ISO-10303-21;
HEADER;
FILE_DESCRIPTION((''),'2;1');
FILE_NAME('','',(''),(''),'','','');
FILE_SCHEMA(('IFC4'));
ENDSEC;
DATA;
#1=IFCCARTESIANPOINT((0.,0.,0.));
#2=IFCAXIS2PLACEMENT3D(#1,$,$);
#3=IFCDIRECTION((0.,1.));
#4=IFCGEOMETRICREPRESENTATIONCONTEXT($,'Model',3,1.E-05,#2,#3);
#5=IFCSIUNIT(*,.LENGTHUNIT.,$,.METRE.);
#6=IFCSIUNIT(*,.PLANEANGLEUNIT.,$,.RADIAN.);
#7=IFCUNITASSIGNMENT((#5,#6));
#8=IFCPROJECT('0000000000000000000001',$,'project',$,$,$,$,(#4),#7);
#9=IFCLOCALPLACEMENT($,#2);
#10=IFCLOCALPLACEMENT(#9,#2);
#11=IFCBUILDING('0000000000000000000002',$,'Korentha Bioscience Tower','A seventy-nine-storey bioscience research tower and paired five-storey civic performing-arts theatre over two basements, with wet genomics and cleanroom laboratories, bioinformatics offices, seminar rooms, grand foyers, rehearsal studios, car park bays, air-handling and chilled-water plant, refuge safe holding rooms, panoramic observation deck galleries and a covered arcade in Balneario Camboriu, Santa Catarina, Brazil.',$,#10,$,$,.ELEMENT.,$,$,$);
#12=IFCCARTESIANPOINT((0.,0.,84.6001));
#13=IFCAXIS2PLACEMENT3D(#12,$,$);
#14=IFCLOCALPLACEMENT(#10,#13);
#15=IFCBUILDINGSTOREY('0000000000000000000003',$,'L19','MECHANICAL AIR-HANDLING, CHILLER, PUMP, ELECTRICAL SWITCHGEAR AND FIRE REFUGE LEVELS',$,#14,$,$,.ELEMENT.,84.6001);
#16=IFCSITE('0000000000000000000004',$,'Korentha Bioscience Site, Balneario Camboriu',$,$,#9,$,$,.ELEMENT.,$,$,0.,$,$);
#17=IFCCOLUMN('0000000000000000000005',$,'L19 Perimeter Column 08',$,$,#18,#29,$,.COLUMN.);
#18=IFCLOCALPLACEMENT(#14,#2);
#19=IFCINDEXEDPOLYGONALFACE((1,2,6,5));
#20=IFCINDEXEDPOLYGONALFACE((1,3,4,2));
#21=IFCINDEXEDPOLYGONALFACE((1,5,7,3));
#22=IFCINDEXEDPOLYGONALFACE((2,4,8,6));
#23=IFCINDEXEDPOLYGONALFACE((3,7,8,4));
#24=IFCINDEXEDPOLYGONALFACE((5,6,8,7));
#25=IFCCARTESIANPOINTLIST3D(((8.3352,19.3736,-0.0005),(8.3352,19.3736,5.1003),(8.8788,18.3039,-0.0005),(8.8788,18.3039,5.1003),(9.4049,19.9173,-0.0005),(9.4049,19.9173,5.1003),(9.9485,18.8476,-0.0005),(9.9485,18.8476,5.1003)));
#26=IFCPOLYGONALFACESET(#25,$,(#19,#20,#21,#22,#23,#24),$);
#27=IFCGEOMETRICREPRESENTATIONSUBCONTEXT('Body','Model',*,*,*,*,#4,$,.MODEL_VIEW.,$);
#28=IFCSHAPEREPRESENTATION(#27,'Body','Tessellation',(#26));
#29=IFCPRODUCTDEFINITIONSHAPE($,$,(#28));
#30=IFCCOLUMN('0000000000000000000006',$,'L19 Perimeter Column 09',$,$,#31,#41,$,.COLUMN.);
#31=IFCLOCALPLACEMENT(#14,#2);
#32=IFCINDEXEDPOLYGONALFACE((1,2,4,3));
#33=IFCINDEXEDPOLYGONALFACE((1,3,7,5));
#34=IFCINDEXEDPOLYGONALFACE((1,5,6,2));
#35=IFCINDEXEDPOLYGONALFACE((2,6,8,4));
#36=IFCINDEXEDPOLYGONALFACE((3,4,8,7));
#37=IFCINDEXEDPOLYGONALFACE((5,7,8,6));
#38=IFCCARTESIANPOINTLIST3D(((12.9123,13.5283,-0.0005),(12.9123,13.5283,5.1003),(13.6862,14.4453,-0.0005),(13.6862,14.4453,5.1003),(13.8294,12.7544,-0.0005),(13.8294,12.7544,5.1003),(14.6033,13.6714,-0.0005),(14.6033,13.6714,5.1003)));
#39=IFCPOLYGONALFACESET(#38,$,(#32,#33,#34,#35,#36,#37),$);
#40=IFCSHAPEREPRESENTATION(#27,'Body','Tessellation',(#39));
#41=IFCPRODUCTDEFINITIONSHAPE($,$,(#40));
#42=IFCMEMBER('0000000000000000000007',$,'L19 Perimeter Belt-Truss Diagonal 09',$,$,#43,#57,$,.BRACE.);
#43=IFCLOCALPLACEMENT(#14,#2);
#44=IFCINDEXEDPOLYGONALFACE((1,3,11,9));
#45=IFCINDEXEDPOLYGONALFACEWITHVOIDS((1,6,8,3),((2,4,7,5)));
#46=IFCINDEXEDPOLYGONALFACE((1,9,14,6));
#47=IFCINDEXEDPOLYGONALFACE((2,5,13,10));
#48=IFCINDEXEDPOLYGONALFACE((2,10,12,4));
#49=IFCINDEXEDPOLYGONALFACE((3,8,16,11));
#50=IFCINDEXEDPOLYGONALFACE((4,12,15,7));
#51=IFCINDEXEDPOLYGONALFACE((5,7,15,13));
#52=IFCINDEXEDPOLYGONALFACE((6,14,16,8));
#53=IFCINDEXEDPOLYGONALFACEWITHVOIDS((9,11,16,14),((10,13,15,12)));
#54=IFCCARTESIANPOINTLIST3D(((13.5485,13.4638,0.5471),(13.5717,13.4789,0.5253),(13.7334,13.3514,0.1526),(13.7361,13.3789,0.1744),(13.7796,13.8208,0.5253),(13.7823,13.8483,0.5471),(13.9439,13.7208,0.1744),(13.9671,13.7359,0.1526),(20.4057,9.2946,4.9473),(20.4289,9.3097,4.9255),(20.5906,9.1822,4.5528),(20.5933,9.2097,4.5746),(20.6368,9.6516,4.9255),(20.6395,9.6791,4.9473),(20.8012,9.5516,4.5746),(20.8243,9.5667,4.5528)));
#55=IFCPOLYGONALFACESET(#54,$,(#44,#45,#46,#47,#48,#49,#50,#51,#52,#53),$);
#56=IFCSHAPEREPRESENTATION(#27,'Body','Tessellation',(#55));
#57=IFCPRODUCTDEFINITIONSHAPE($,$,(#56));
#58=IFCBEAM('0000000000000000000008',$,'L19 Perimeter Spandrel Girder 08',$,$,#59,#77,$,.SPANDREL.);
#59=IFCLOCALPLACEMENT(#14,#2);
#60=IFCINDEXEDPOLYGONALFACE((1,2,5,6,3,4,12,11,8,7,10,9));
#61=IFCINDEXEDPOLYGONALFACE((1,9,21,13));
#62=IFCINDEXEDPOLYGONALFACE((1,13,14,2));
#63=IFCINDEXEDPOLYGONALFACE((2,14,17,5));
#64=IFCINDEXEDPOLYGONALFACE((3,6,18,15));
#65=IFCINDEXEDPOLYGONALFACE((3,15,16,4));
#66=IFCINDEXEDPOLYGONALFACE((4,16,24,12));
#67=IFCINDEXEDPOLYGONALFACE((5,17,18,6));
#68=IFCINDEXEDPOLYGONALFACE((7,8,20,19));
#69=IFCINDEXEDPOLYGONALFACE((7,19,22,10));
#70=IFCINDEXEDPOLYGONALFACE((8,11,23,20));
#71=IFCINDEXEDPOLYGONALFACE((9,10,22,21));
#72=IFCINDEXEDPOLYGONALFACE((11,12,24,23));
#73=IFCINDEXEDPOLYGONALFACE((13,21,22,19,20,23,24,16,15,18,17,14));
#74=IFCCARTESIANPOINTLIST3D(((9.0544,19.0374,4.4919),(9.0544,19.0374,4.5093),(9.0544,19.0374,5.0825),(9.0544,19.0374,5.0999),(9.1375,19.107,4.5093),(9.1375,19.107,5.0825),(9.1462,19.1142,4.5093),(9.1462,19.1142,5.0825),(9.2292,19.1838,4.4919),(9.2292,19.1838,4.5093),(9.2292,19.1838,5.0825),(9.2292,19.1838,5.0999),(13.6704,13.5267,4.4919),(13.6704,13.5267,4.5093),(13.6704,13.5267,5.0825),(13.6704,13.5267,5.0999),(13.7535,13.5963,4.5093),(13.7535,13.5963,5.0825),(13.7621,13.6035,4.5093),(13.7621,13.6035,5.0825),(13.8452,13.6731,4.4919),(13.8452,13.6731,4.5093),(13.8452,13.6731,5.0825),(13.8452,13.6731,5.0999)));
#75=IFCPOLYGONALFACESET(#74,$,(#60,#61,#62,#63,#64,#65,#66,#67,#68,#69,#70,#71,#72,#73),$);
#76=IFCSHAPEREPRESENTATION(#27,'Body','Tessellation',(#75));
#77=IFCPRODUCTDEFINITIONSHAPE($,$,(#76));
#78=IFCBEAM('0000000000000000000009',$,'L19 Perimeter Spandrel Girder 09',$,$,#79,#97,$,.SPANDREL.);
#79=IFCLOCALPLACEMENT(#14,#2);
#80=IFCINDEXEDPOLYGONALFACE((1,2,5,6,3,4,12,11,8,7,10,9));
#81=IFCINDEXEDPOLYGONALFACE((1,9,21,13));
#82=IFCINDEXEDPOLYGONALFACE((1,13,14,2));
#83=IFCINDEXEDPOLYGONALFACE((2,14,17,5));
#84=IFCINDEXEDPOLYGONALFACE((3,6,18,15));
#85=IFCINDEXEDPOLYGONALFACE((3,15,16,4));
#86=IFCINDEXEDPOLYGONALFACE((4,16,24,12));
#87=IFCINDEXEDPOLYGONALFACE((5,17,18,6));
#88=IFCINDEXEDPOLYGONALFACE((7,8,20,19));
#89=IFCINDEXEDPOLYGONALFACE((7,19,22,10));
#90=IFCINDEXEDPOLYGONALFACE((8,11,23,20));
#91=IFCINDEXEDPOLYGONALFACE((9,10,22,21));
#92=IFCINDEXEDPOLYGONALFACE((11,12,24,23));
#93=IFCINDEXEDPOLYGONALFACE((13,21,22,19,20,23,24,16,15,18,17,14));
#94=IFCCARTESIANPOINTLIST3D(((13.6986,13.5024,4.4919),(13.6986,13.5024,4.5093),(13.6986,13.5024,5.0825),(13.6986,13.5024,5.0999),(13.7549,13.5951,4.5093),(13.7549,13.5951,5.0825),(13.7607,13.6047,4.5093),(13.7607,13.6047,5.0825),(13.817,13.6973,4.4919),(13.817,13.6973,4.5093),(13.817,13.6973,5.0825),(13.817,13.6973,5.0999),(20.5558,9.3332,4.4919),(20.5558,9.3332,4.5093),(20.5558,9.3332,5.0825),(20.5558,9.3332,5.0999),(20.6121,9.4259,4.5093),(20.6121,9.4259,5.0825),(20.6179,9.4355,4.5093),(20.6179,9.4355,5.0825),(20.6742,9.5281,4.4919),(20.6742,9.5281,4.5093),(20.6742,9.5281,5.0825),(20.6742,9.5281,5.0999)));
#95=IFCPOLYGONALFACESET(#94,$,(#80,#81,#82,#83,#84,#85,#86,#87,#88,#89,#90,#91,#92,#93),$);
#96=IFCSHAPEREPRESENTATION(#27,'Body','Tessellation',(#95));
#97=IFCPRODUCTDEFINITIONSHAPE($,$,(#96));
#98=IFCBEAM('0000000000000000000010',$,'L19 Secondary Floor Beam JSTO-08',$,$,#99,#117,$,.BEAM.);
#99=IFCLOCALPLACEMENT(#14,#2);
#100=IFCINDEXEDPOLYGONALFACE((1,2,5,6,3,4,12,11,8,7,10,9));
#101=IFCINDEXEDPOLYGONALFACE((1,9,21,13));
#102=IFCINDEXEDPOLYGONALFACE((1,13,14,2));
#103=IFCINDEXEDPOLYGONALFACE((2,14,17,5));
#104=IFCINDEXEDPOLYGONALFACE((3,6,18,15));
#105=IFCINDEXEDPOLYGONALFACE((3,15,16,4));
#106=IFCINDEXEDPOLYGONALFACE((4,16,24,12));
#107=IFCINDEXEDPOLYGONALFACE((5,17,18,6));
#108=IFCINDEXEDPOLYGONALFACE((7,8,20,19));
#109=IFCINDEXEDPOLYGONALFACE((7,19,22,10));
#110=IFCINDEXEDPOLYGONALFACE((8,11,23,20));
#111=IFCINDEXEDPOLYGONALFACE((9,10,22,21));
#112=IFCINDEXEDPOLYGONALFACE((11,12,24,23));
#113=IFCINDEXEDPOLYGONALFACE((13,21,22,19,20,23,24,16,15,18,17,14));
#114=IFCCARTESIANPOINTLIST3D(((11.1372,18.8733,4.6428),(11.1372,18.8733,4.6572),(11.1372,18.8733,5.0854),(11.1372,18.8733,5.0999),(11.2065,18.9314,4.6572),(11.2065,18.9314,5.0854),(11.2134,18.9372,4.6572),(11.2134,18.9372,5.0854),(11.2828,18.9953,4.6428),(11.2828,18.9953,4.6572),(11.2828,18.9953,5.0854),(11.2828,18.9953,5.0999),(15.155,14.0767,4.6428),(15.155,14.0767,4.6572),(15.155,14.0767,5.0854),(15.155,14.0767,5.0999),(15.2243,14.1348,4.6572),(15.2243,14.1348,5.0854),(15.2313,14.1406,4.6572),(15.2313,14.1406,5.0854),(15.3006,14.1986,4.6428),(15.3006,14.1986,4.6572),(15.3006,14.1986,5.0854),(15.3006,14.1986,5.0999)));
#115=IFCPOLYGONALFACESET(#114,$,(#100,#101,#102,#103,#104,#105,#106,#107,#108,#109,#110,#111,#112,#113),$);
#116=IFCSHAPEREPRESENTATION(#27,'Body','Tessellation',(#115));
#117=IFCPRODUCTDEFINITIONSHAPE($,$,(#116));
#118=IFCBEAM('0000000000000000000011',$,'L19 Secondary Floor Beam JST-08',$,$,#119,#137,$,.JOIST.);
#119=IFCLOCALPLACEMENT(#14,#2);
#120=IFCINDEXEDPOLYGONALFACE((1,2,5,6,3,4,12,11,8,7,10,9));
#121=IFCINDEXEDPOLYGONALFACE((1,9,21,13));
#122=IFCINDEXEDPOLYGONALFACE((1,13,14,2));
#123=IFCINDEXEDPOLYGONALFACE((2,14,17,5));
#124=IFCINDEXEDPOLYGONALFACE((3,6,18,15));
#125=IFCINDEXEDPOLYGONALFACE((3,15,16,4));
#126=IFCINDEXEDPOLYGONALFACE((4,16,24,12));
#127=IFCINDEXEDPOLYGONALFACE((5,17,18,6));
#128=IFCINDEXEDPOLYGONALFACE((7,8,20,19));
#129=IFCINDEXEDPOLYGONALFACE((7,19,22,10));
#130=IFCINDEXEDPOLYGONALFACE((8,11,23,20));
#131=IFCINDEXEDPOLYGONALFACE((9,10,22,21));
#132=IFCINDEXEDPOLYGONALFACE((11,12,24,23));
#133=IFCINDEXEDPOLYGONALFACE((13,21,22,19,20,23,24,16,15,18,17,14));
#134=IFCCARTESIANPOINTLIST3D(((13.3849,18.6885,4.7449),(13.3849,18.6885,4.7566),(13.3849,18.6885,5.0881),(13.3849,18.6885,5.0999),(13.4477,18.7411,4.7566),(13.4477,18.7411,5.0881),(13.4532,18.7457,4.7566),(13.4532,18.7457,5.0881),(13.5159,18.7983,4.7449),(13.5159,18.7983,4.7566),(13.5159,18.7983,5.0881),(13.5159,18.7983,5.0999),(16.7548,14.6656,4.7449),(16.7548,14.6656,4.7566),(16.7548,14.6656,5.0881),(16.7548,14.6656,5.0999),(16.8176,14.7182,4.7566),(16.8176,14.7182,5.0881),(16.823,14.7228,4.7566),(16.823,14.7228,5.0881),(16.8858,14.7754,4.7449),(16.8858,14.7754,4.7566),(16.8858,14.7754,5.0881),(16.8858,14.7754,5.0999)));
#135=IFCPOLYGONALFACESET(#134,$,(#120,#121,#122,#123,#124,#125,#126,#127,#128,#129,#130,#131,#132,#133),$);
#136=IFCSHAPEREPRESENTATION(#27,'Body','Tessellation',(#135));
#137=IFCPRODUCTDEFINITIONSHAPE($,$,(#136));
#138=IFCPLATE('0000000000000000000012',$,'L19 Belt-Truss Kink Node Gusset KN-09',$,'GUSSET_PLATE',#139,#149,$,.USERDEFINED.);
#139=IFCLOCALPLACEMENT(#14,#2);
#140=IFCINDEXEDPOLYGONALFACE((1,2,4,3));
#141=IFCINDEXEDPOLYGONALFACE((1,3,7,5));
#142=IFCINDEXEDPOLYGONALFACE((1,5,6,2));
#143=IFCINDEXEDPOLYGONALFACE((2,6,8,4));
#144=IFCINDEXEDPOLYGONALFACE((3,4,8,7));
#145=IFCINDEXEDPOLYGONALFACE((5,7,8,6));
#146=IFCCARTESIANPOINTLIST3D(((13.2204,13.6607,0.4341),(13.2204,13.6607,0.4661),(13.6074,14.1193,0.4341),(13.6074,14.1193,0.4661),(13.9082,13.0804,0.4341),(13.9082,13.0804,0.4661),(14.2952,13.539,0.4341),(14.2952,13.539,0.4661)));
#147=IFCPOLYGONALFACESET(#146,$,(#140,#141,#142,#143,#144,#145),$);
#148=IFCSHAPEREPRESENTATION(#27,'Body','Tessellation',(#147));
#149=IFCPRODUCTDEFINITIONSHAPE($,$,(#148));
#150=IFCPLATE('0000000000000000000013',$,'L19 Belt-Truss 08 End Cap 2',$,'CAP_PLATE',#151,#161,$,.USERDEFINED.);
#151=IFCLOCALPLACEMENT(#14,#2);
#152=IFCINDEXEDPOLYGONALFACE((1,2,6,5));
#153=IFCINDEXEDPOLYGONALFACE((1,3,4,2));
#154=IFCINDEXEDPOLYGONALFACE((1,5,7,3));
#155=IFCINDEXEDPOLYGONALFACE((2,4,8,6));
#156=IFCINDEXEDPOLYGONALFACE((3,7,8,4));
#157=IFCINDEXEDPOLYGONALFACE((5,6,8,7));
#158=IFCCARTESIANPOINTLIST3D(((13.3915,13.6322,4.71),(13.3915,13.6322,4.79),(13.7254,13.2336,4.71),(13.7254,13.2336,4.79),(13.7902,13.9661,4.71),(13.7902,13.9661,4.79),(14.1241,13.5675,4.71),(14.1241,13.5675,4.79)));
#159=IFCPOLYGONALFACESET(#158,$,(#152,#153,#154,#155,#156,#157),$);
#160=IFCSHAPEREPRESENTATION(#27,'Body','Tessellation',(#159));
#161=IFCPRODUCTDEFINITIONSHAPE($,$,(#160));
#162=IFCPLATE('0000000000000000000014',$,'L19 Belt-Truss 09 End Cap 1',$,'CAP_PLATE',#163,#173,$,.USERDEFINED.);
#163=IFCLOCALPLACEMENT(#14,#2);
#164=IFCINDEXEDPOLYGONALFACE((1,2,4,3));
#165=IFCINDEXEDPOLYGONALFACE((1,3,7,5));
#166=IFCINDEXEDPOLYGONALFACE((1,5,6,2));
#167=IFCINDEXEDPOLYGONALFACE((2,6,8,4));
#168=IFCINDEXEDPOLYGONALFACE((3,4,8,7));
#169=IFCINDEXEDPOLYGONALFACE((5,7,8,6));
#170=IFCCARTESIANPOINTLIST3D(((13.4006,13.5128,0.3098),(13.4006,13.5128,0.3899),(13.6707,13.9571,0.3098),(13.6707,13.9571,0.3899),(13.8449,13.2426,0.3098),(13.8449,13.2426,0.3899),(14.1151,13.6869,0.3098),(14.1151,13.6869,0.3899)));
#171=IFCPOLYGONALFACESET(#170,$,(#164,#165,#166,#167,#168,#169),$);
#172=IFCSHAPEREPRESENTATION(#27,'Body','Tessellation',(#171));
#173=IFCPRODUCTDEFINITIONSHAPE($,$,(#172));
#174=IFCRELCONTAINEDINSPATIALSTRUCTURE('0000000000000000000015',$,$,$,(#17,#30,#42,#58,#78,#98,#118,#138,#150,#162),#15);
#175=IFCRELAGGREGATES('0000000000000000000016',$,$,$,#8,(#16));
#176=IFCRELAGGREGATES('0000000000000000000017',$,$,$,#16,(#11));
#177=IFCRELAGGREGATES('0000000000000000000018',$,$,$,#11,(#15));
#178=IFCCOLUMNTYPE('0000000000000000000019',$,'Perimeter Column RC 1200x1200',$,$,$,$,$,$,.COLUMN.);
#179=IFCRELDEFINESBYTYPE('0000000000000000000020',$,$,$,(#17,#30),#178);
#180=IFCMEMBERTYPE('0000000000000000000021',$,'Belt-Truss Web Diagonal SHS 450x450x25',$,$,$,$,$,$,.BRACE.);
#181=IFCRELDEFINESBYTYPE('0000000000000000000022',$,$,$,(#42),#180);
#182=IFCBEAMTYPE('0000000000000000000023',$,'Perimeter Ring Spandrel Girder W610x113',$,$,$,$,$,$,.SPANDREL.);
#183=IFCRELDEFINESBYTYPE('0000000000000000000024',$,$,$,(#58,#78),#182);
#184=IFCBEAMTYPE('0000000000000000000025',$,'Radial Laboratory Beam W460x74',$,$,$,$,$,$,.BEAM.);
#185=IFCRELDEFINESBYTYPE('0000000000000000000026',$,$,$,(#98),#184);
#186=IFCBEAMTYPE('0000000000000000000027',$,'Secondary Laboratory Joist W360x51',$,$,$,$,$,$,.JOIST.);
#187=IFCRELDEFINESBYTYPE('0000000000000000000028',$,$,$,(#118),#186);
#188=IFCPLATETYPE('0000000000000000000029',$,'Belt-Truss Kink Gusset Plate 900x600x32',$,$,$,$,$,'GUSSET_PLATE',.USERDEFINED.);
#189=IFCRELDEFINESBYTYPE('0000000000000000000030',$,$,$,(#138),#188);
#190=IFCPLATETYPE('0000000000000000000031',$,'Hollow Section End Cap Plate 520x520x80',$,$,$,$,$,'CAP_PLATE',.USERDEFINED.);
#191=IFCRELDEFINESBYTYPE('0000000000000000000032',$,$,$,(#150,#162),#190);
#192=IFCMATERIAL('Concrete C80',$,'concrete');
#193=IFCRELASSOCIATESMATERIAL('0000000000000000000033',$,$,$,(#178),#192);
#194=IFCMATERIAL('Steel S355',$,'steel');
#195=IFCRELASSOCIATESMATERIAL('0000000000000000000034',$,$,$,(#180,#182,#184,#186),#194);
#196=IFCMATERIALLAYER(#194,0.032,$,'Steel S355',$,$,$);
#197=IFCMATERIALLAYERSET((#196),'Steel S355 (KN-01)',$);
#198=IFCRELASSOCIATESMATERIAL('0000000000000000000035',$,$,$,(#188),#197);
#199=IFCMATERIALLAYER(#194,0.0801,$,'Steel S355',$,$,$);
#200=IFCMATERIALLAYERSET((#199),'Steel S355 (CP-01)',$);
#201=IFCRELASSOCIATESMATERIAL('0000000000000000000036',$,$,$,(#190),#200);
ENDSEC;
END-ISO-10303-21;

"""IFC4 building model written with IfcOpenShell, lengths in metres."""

from ifc_helpers import new_model, si_unit, direction, frame, origin, origin_2d, place, context, subcontext, project, spatial, rectangle, hollow_rectangle, i_section, extrude, material, layer, layer_set, material_profile, profile_set, type_object, element, save


model = new_model("IFC4")

# Units and contexts
model_context = context("Model", 3, precision=1e-05, world=origin(), true_north=direction((0.0, 1.0)))
body_context = subcontext(model_context, "Body", "Model", "MODEL_VIEW")
ifc_project = project(units=[si_unit("LENGTHUNIT", "METRE"), si_unit("PLANEANGLEUNIT", "RADIAN")], contexts=[model_context])

# Site, building, storey
site_placement = place(None, origin())
site = spatial("IfcSite", under=ifc_project, at=site_placement, Name="Korentha Bioscience Site, Balneario Camboriu", CompositionType="ELEMENT", RefElevation=0.0)
building_placement = place(site_placement, origin())
building = spatial("IfcBuilding", under=site, at=building_placement, Name="Korentha Bioscience Tower", Description="A seventy-nine-storey bioscience research tower and paired five-storey civic performing-arts theatre over two basements, with wet genomics and cleanroom laboratories, bioinformatics offices, seminar rooms, grand foyers, rehearsal studios, car park bays, air-handling and chilled-water plant, refuge safe holding rooms, panoramic observation deck galleries and a covered arcade in Balneario Camboriu, Santa Catarina, Brazil.", CompositionType="ELEMENT")
storey_placement = place(building_placement, frame((0.0, 0.0, 84.6001)))
storey = spatial("IfcBuildingStorey", under=building, at=storey_placement, Name="L19", Description="MECHANICAL AIR-HANDLING, CHILLER, PUMP, ELECTRICAL SWITCHGEAR AND FIRE REFUGE LEVELS", CompositionType="ELEMENT", Elevation=84.6001)

# Columns
ifc_material_1 = material(Name="Concrete C80", Category="concrete")
ifc_material_profile_1 = material_profile(ifc_material_1, rectangle(XDim=1.2, YDim=1.2, at=origin_2d()), Name="Concrete C80")
ifc_profile_set_1 = profile_set([ifc_material_profile_1], Name="Concrete C80 (COL-P12)")
column_type = type_object("IfcColumnType", Name="Perimeter Column RC 1200x1200", PredefinedType="COLUMN", material=ifc_profile_set_1)
for number, where, z_axis, x_axis, name in (
    (1, (9.1418, 19.1106, -0.0005), (0.0, 0.0, 1.0), (-0.453057, 0.891481, 0.0), "L19 Perimeter Column 08"),
    (2, (13.7578, 13.5999, -0.0005), (0.0, 0.0, 1.0), (-0.764246, 0.644924, 0.0), "L19 Perimeter Column 09"),
):
    element("IfcColumn", number, at=place(storey_placement, frame(where, z_axis=z_axis, x_axis=x_axis)), inside=storey, type_object=column_type, Name=name, PredefinedType="COLUMN", context=body_context, shape_type="SweptSolid", body=[
        extrude(rectangle(XDim=1.2, YDim=1.2, at=origin_2d()), origin(), (0.0, 0.0, 1.0), 5.1008),
    ])

# Member
ifc_material_2 = material(Name="Steel S355", Category="steel")
ifc_material_profile_2 = material_profile(ifc_material_2, hollow_rectangle(XDim=0.45, YDim=0.45, WallThickness=0.0249, at=origin_2d()), Name="Steel S355")
ifc_profile_set_2 = profile_set([ifc_material_profile_2], Name="Steel S355 (BT-D450)")
member_type = type_object("IfcMemberType", Name="Belt-Truss Web Diagonal SHS 450x450x25", PredefinedType="BRACE", material=ifc_profile_set_2)
member_placement = place(storey_placement, frame((13.7578, 13.5999, 0.3499), z_axis=(0.749231, -0.455535, 0.48077), x_axis=(0.519515, 0.854461, 0.0)))
element("IfcMember", 3, at=member_placement, inside=storey, type_object=member_type, Name="L19 Perimeter Belt-Truss Diagonal 09", PredefinedType="BRACE", context=body_context, shape_type="SweptSolid", body=[
    extrude(hollow_rectangle(XDim=0.45, YDim=0.45, WallThickness=0.0249, at=origin_2d()), origin(), (0.0, 0.0, 1.0), 9.1523),
])

# Beams
ifc_material_profile_3 = material_profile(ifc_material_2, i_section(OverallWidth=0.228, OverallDepth=0.6079, WebThickness=0.0112, FlangeThickness=0.0173, at=origin_2d()), Name="Steel S355")
ifc_profile_set_3 = profile_set([ifc_material_profile_3], Name="Steel S355 (SB-610)")
beam_type_1 = type_object("IfcBeamType", Name="Perimeter Ring Spandrel Girder W610x113", PredefinedType="SPANDREL", material=ifc_profile_set_3)
beam_1_placement = place(storey_placement, frame((9.1418, 19.1106, 4.7959), z_axis=(0.642127, -0.766599, 0.0), x_axis=(0.766599, 0.642127, 0.0)))
element("IfcBeam", 4, at=beam_1_placement, inside=storey, type_object=beam_type_1, Name="L19 Perimeter Spandrel Girder 08", PredefinedType="SPANDREL", context=body_context, shape_type="SweptSolid", body=[
    extrude(i_section(OverallWidth=0.228, OverallDepth=0.6079, WebThickness=0.0112, FlangeThickness=0.0173, at=origin_2d()), origin(), (0.0, 0.0, 1.0), 7.1885),
])
beam_2_placement = place(storey_placement, frame((13.7578, 13.5999, 4.7959), z_axis=(0.854461, -0.519515, 0.0), x_axis=(0.519515, 0.854461, 0.0)))
element("IfcBeam", 5, at=beam_2_placement, inside=storey, type_object=beam_type_1, Name="L19 Perimeter Spandrel Girder 09", PredefinedType="SPANDREL", context=body_context, shape_type="SweptSolid", body=[
    extrude(i_section(OverallWidth=0.228, OverallDepth=0.6079, WebThickness=0.0112, FlangeThickness=0.0173, at=origin_2d()), origin(), (0.0, 0.0, 1.0), 8.0251),
])
ifc_material_profile_4 = material_profile(ifc_material_2, i_section(OverallWidth=0.1899, OverallDepth=0.457, WebThickness=0.009, FlangeThickness=0.0144, at=origin_2d()), Name="Steel S355")
ifc_profile_set_4 = profile_set([ifc_material_profile_4], Name="Steel S355 (RB-460)")
beam_type_2 = type_object("IfcBeamType", Name="Radial Laboratory Beam W460x74", PredefinedType="BEAM", material=ifc_profile_set_4)
beam_3_placement = place(storey_placement, frame((11.21, 18.9343, 4.8713), z_axis=(0.642128, -0.766597, 0.0), x_axis=(0.766597, 0.642128, 0.0)))
element("IfcBeam", 6, at=beam_3_placement, inside=storey, type_object=beam_type_2, Name="L19 Secondary Floor Beam JSTO-08", PredefinedType="BEAM", context=body_context, shape_type="SweptSolid", body=[
    extrude(i_section(OverallWidth=0.1899, OverallDepth=0.457, WebThickness=0.009, FlangeThickness=0.0144, at=origin_2d()), origin(), (0.0, 0.0, 1.0), 6.2571),
])
ifc_material_profile_5 = material_profile(ifc_material_2, i_section(OverallWidth=0.1709, OverallDepth=0.355, WebThickness=0.0071, FlangeThickness=0.0117, at=origin_2d()), Name="Steel S355")
ifc_profile_set_5 = profile_set([ifc_material_profile_5], Name="Steel S355 (JB-360)")
beam_type_3 = type_object("IfcBeamType", Name="Secondary Laboratory Joist W360x51", PredefinedType="JOIST", material=ifc_profile_set_5)
beam_4_placement = place(storey_placement, frame((13.4504, 18.7434, 4.9224), z_axis=(0.642141, -0.766587, 0.0), x_axis=(0.766587, 0.642141, 0.0)))
element("IfcBeam", 7, at=beam_4_placement, inside=storey, type_object=beam_type_3, Name="L19 Secondary Floor Beam JST-08", PredefinedType="JOIST", context=body_context, shape_type="SweptSolid", body=[
    extrude(i_section(OverallWidth=0.1709, OverallDepth=0.355, WebThickness=0.0071, FlangeThickness=0.0117, at=origin_2d()), origin(), (0.0, 0.0, 1.0), 5.2478),
])

# Plates
ifc_layer_1 = layer(ifc_material_2, 0.032, Name="Steel S355")
ifc_layer_set_1 = layer_set([ifc_layer_1], Name="Steel S355 (KN-01)")
plate_type_1 = type_object("IfcPlateType", Name="Belt-Truss Kink Gusset Plate 900x600x32", ElementType="GUSSET_PLATE", PredefinedType="USERDEFINED", material=ifc_layer_set_1)
plate_placement = place(storey_placement, frame((13.7578, 13.5999, 0.4341), z_axis=(0.0, 0.0, 1.0), x_axis=(-0.764246, 0.644924, 0.0)))
element("IfcPlate", 8, at=plate_placement, inside=storey, type_object=plate_type_1, Name="L19 Belt-Truss Kink Node Gusset KN-09", ObjectType="GUSSET_PLATE", PredefinedType="USERDEFINED", context=body_context, shape_type="SweptSolid", body=[
    extrude(rectangle(XDim=0.8999, YDim=0.6001, at=origin_2d()), origin(), (0.0, 0.0, 1.0), 0.032),
])
ifc_layer_2 = layer(ifc_material_2, 0.0801, Name="Steel S355")
ifc_layer_set_2 = layer_set([ifc_layer_2], Name="Steel S355 (CP-01)")
plate_type_2 = type_object("IfcPlateType", Name="Hollow Section End Cap Plate 520x520x80", ElementType="CAP_PLATE", PredefinedType="USERDEFINED", material=ifc_layer_set_2)
for number, where, z_axis, x_axis, name in (
    (9, (13.7578, 13.5999, 4.71), (0.0, 0.0, 1.0), (-0.642119, 0.766605, 0.0), "L19 Belt-Truss 08 End Cap 2"),
    (10, (13.7578, 13.5999, 0.3098), (0.0, 0.0, 1.0), (-0.854459, 0.519519, 0.0), "L19 Belt-Truss 09 End Cap 1"),
):
    element("IfcPlate", number, at=place(storey_placement, frame(where, z_axis=z_axis, x_axis=x_axis)), inside=storey, type_object=plate_type_2, Name=name, ObjectType="CAP_PLATE", PredefinedType="USERDEFINED", context=body_context, shape_type="SweptSolid", body=[
        extrude(rectangle(XDim=0.52, YDim=0.52, at=origin_2d()), origin(), (0.0, 0.0, 1.0), 0.0801),
    ])

save(model, "model.ifc")
